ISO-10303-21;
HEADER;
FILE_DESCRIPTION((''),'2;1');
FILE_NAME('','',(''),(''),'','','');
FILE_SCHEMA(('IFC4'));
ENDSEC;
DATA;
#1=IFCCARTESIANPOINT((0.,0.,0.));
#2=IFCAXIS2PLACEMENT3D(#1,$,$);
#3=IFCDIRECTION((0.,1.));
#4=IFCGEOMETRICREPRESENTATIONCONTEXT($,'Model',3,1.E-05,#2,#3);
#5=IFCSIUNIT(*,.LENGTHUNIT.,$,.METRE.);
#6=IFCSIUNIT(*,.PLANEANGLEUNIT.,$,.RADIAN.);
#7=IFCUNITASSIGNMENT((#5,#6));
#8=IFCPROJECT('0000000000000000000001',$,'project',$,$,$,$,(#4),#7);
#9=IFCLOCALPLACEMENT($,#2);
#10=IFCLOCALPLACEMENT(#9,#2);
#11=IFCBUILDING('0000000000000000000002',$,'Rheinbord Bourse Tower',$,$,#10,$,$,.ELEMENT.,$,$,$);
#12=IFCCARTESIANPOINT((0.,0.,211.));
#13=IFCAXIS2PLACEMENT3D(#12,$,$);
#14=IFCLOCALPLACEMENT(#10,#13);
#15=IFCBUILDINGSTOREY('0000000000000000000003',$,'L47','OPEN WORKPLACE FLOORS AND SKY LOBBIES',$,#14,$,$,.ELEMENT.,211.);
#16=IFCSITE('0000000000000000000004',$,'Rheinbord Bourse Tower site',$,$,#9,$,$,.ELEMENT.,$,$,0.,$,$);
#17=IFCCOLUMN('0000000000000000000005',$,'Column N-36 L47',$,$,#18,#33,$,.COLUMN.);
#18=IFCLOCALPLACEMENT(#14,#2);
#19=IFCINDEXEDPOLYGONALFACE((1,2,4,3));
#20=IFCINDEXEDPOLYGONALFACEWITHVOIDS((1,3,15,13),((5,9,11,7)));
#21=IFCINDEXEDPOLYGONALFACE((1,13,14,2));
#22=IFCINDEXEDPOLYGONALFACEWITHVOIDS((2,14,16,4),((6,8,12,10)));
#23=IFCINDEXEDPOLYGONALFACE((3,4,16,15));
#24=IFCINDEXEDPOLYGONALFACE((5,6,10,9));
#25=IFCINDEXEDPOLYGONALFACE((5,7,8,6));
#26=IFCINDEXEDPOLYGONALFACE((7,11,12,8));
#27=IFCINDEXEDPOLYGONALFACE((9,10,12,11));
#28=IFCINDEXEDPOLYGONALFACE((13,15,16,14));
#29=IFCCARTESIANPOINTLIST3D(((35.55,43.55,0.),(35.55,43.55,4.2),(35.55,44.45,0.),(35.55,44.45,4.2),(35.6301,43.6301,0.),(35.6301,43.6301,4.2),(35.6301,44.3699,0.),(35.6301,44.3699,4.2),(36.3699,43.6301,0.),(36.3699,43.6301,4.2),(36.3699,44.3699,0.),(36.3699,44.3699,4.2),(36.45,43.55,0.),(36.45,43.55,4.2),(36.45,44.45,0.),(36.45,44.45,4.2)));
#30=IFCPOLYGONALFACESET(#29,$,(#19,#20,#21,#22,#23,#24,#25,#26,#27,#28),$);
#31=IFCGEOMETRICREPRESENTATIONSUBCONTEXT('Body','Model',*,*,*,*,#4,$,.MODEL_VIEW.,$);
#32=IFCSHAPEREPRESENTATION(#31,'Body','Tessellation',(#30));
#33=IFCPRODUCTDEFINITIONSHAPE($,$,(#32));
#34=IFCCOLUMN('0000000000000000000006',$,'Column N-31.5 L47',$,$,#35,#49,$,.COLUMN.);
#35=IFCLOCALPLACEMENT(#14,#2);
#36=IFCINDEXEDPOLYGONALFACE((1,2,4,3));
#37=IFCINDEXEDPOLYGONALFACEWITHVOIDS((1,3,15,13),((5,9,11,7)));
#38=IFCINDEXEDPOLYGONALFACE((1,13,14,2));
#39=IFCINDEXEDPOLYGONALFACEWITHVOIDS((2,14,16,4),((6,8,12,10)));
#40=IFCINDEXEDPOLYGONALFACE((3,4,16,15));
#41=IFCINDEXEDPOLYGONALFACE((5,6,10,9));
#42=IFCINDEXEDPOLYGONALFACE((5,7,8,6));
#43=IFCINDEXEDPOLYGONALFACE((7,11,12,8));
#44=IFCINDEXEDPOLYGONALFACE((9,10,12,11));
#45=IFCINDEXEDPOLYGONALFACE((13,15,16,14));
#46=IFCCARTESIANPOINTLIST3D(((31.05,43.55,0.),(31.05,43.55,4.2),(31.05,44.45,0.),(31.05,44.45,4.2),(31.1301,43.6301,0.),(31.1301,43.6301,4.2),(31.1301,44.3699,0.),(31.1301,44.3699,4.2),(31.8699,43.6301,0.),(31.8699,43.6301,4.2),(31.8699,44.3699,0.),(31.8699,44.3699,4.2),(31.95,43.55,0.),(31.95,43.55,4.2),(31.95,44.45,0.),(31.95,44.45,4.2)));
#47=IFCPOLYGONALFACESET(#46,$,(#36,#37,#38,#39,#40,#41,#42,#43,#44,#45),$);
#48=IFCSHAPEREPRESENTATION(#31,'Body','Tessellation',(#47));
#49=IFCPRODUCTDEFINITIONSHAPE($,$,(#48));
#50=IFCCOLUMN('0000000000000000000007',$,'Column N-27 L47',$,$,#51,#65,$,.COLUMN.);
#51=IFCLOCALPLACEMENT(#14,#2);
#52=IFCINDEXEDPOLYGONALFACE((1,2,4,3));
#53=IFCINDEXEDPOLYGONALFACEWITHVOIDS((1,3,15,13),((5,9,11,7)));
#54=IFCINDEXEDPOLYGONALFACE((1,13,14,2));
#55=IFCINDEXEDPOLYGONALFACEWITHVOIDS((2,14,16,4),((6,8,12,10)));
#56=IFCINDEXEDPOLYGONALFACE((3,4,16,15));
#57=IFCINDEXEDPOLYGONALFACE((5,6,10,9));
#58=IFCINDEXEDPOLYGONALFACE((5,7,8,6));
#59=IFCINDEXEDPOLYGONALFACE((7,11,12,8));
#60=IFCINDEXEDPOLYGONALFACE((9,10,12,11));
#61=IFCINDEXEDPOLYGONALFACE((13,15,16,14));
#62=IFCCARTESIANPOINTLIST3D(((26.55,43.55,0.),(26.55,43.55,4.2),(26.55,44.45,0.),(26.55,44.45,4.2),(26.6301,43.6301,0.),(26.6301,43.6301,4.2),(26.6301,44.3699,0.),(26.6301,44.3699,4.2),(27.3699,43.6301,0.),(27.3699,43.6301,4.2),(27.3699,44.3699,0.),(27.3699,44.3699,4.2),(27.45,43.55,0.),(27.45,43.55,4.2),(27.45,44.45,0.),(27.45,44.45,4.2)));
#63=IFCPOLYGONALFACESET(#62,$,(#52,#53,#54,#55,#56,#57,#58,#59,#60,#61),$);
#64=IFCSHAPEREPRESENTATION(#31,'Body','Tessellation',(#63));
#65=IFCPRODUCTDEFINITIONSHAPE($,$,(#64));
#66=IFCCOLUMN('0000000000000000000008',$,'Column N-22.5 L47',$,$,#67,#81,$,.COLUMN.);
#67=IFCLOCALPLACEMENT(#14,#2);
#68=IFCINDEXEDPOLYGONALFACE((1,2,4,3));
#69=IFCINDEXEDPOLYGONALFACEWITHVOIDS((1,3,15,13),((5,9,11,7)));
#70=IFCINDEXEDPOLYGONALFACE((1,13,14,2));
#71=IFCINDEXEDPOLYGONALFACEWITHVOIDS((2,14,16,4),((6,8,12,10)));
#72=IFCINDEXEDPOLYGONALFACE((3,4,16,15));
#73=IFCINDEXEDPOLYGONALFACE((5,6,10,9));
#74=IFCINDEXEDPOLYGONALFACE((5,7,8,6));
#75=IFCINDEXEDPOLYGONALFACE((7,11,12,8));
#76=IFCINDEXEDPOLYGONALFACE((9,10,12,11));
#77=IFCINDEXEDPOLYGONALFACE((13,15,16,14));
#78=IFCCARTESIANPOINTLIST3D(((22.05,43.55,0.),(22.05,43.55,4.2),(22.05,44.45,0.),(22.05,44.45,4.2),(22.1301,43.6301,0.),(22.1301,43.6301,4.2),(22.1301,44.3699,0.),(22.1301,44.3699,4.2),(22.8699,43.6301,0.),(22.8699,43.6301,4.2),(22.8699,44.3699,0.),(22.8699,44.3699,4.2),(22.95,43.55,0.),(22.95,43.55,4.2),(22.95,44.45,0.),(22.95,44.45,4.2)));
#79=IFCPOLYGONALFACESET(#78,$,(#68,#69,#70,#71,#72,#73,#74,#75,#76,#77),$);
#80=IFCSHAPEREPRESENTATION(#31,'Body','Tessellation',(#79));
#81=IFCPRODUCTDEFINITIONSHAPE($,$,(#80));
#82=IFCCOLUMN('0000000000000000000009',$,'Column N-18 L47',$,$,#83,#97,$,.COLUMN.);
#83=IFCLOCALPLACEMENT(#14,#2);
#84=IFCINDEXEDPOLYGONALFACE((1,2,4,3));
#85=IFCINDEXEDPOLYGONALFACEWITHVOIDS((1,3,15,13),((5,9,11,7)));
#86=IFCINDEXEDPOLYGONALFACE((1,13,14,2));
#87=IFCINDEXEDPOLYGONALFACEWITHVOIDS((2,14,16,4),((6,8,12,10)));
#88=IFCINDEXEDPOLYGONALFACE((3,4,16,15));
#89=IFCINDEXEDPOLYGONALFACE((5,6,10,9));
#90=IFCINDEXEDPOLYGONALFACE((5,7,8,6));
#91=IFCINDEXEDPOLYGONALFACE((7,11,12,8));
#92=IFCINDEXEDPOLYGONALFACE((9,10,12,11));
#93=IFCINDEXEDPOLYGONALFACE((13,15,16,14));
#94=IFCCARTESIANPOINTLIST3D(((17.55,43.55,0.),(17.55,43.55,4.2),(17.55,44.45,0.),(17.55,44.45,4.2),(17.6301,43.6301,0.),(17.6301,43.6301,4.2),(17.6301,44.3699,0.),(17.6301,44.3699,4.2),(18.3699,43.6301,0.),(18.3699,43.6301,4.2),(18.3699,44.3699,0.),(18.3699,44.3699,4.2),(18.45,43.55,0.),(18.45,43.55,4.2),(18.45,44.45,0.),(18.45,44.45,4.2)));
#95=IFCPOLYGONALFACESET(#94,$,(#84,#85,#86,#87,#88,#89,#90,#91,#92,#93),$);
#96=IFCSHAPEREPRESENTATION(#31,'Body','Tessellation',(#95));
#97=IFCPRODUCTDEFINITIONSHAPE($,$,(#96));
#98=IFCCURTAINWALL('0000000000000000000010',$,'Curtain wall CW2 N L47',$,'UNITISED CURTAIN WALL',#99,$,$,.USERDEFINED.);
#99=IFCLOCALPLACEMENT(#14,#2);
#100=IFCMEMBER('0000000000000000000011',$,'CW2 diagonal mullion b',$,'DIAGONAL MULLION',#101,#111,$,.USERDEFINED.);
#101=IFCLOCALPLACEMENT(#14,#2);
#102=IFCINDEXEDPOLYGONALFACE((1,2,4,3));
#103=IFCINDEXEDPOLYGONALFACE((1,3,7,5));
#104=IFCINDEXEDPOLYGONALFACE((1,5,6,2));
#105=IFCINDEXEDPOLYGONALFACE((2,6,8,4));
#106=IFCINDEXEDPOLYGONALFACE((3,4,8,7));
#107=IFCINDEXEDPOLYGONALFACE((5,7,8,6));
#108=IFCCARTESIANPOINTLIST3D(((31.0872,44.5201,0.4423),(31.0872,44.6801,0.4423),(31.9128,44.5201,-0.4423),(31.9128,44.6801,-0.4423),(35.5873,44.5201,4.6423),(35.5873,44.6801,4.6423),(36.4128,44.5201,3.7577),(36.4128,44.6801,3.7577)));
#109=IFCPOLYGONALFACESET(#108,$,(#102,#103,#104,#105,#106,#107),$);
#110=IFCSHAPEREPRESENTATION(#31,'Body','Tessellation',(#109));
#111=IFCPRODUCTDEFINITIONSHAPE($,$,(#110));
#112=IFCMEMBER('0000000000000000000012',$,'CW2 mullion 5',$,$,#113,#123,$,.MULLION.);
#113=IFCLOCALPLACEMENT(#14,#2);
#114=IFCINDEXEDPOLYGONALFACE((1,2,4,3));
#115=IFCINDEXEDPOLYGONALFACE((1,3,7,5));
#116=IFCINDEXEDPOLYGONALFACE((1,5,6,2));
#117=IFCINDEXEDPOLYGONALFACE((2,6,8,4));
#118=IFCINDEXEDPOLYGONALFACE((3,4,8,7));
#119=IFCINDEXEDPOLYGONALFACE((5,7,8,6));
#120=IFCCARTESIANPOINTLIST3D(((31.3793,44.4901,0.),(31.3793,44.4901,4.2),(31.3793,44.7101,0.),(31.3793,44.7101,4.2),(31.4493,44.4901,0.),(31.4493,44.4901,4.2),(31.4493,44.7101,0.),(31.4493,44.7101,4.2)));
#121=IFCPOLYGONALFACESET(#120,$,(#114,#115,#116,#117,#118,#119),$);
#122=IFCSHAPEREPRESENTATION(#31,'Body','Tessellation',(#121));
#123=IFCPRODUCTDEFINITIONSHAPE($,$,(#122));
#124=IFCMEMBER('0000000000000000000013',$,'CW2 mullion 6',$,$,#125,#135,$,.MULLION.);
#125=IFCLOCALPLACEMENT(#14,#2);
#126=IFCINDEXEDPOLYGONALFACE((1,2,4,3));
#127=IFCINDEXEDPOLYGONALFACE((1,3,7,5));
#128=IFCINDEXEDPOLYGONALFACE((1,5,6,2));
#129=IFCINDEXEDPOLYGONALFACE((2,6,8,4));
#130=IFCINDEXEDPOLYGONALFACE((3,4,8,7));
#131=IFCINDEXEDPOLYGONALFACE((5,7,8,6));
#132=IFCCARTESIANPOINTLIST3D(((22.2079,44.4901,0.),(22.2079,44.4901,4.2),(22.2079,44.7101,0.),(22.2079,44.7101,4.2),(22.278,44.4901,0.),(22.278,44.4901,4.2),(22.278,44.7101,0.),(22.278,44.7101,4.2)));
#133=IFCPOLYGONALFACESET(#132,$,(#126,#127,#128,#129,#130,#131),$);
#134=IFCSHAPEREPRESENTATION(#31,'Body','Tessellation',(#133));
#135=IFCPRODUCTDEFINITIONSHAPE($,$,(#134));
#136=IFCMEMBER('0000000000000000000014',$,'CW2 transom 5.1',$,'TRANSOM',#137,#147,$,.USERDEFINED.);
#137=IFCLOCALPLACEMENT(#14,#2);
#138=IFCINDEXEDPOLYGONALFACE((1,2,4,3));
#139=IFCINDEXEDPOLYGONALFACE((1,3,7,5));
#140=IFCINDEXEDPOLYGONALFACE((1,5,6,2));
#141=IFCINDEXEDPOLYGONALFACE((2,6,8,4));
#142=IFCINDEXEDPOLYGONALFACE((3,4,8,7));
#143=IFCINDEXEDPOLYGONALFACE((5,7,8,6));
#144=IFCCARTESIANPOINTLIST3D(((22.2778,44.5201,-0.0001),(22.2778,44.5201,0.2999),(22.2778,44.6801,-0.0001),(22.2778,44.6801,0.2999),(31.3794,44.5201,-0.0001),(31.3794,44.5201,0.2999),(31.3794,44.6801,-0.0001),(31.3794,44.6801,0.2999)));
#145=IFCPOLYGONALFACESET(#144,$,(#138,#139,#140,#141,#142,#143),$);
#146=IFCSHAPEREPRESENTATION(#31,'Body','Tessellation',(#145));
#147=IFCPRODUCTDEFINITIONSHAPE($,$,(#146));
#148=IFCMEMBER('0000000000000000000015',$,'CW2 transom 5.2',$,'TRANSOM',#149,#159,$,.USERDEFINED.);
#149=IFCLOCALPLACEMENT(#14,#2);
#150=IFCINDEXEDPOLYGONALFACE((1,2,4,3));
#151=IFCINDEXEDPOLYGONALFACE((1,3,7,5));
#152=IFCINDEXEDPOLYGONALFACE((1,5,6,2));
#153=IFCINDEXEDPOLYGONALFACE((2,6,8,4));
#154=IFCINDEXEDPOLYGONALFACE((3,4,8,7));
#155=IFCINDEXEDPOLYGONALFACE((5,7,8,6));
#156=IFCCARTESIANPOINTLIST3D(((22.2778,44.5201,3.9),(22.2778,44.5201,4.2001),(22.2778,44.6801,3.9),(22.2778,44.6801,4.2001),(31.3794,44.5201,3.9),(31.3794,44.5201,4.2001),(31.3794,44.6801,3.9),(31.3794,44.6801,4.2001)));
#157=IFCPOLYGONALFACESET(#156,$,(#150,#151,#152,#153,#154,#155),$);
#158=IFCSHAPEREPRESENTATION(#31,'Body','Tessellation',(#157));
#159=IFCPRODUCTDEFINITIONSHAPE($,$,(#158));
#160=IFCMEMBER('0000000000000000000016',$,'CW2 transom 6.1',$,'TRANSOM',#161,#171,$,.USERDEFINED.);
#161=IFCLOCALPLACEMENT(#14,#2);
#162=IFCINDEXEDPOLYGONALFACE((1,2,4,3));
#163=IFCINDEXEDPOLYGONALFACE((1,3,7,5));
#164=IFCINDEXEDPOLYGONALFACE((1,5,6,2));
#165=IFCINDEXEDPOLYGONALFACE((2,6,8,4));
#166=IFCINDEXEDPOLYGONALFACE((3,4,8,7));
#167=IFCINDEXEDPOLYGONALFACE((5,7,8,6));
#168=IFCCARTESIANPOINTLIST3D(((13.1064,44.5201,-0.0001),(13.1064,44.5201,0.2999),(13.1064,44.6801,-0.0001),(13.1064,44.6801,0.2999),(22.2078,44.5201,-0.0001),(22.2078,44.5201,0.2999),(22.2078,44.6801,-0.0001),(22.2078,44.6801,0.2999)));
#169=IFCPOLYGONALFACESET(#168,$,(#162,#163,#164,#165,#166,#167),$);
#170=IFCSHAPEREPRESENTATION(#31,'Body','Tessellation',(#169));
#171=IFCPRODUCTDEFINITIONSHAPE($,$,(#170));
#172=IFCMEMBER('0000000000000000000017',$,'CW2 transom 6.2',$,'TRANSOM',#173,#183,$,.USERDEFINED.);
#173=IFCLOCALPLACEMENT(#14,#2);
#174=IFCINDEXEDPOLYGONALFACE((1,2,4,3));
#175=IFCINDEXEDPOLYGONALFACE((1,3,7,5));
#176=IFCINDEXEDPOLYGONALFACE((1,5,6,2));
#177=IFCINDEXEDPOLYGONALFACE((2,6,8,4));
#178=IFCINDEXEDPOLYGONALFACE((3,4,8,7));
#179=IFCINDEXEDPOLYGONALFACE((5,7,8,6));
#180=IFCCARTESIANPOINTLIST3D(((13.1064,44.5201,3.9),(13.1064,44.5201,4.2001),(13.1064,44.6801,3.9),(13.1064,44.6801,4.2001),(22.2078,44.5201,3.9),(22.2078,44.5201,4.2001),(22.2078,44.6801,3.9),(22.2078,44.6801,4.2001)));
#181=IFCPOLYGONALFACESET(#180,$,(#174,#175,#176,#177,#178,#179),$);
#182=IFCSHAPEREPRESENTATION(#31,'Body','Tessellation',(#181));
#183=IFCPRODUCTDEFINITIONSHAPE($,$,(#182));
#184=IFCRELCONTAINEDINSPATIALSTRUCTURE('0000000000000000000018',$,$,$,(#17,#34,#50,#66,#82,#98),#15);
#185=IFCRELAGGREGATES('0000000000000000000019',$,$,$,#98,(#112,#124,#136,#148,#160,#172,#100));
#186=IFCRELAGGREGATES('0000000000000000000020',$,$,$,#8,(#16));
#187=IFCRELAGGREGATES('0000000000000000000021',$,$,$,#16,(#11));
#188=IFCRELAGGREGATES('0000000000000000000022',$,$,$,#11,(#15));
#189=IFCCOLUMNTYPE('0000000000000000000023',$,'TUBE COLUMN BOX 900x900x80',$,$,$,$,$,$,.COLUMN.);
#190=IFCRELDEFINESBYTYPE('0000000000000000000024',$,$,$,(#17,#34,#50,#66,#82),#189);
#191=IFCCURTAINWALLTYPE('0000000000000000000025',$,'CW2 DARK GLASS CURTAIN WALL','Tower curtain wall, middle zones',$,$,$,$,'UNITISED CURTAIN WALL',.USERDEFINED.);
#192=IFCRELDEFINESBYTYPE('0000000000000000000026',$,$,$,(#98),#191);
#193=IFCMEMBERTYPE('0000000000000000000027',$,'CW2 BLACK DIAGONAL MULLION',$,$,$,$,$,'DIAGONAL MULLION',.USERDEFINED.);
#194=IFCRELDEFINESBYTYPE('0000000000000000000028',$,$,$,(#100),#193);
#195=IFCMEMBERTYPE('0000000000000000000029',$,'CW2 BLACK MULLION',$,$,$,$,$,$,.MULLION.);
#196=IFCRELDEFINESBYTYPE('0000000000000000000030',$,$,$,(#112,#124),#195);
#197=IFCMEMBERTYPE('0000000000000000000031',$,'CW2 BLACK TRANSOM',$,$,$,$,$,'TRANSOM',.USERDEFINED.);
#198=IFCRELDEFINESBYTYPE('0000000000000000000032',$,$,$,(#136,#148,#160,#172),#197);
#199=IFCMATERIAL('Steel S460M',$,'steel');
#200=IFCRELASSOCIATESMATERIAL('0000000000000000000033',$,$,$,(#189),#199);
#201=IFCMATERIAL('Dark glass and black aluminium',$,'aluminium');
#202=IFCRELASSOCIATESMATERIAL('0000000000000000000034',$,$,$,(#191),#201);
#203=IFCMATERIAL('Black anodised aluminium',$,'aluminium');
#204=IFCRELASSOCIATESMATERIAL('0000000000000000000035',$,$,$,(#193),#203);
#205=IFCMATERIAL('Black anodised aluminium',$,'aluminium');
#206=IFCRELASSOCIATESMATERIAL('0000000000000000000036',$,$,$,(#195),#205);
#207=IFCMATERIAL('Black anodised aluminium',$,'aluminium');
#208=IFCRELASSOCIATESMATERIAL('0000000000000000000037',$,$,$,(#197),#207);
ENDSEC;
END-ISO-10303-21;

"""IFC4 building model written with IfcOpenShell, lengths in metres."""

from ifc_helpers import new_model, si_unit, direction, frame, origin, origin_2d, place, context, subcontext, project, spatial, rectangle, hollow_rectangle, extrude, material, material_profile, profile_set, type_object, element, aggregate, save


model = new_model("IFC4")

# Units and contexts
model_context = context("Model", 3, precision=1e-05, world=origin(), true_north=direction((0.0, 1.0)))
body_context = subcontext(model_context, "Body", "Model", "MODEL_VIEW")
ifc_project = project(units=[si_unit("LENGTHUNIT", "METRE"), si_unit("PLANEANGLEUNIT", "RADIAN")], contexts=[model_context])

# Site, building, storey
site_placement = place(None, origin())
site = spatial("IfcSite", under=ifc_project, at=site_placement, Name="Rheinbord Bourse Tower site", CompositionType="ELEMENT", RefElevation=0.0)
building_placement = place(site_placement, origin())
building = spatial("IfcBuilding", under=site, at=building_placement, Name="Rheinbord Bourse Tower", CompositionType="ELEMENT")
storey_placement = place(building_placement, frame((0.0, 0.0, 211.0)))
storey = spatial("IfcBuildingStorey", under=building, at=storey_placement, Name="L47", Description="OPEN WORKPLACE FLOORS AND SKY LOBBIES", CompositionType="ELEMENT", Elevation=211.0)

# Columns
ifc_material_1 = material(Name="Steel S460M", Category="steel")
ifc_material_profile_1 = material_profile(ifc_material_1, hollow_rectangle(XDim=0.8999, YDim=0.8999, WallThickness=0.0801, at=origin_2d()), Name="BOX 900x900x80")
ifc_profile_set_1 = profile_set([ifc_material_profile_1], Name="Steel S460M")
column_type = type_object("IfcColumnType", Name="TUBE COLUMN BOX 900x900x80", PredefinedType="COLUMN", material=ifc_profile_set_1)
for number, where, z_axis, x_axis, name in (
    (1, (36.0, 44.0, 0.0), (0.0, 0.0, 1.0), (0.0, 1.0, 0.0), "Column N-36 L47"),
    (2, (31.5, 44.0, 0.0), (0.0, 0.0, 1.0), (0.0, 1.0, 0.0), "Column N-31.5 L47"),
    (3, (27.0, 44.0, 0.0), (0.0, 0.0, 1.0), (0.0, 1.0, 0.0), "Column N-27 L47"),
    (4, (22.5, 44.0, 0.0), (0.0, 0.0, 1.0), (0.0, 1.0, 0.0), "Column N-22.5 L47"),
    (5, (18.0, 44.0, 0.0), (0.0, 0.0, 1.0), (0.0, 1.0, 0.0), "Column N-18 L47"),
):
    element("IfcColumn", number, at=place(storey_placement, frame(where, z_axis=z_axis, x_axis=x_axis)), inside=storey, type_object=column_type, Name=name, PredefinedType="COLUMN", context=body_context, shape_type="SweptSolid", body=[
        extrude(hollow_rectangle(XDim=0.8999, YDim=0.8999, WallThickness=0.0801, at=origin_2d()), origin(), (0.0, 0.0, 1.0), 4.2),
    ])

# Curtain wall, members
ifc_material_2 = material(Name="Dark glass and black aluminium", Category="aluminium")
curtain_wall_type = type_object("IfcCurtainWallType", Name="CW2 DARK GLASS CURTAIN WALL", Description="Tower curtain wall, middle zones", ElementType="UNITISED CURTAIN WALL", PredefinedType="USERDEFINED", material=ifc_material_2)
curtain_wall_placement = place(storey_placement, origin())
curtain_wall = element("IfcCurtainWall", 6, at=curtain_wall_placement, inside=storey, type_object=curtain_wall_type, Name="Curtain wall CW2 N L47", ObjectType="UNITISED CURTAIN WALL", PredefinedType="USERDEFINED")
ifc_material_3 = material(Name="Black anodised aluminium", Category="aluminium")
ifc_material_profile_2 = material_profile(ifc_material_3, rectangle(XDim=0.1599, YDim=1.21, at=origin_2d()), Name="CW2 DIAGONAL MULLION 1210x160")
ifc_profile_set_2 = profile_set([ifc_material_profile_2], Name="Black anodised aluminium")
member_type_1 = type_object("IfcMemberType", Name="CW2 BLACK DIAGONAL MULLION", ElementType="DIAGONAL MULLION", PredefinedType="USERDEFINED", material=ifc_profile_set_2)
member_1_placement = place(storey_placement, frame((31.5, 44.6001, 0.0), z_axis=(0.731059, 0.0, 0.682314), x_axis=(0.0, 1.0, 0.0)))
member_1 = element("IfcMember", 7, at=member_1_placement, type_object=member_type_1, Name="CW2 diagonal mullion b", ObjectType="DIAGONAL MULLION", PredefinedType="USERDEFINED", context=body_context, shape_type="SweptSolid", body=[
    extrude(rectangle(XDim=0.1599, YDim=1.21, at=origin_2d()), origin(), (0.0, 0.0, 1.0), 6.1555),
])
ifc_material_4 = material(Name="Black anodised aluminium", Category="aluminium")
ifc_material_profile_3 = material_profile(ifc_material_4, rectangle(XDim=0.22, YDim=0.0701, at=origin_2d()), Name="CW2 MULLION 70x220")
ifc_profile_set_3 = profile_set([ifc_material_profile_3], Name="Black anodised aluminium")
member_type_2 = type_object("IfcMemberType", Name="CW2 BLACK MULLION", PredefinedType="MULLION", material=ifc_profile_set_3)
member_2_placement = place(storey_placement, frame((31.4143, 44.6001, 0.0), z_axis=(0.0, 0.0, 1.0), x_axis=(0.0, -1.0, 0.0)))
member_2 = element("IfcMember", 8, at=member_2_placement, type_object=member_type_2, Name="CW2 mullion 5", PredefinedType="MULLION", context=body_context, shape_type="SweptSolid", body=[
    extrude(rectangle(XDim=0.22, YDim=0.0701, at=origin_2d()), origin(), (0.0, 0.0, 1.0), 4.2),
])
member_3_placement = place(storey_placement, frame((22.2429, 44.6001, 0.0), z_axis=(0.0, 0.0, 1.0), x_axis=(0.0, -1.0, 0.0)))
member_3 = element("IfcMember", 9, at=member_3_placement, type_object=member_type_2, Name="CW2 mullion 6", PredefinedType="MULLION", context=body_context, shape_type="SweptSolid", body=[
    extrude(rectangle(XDim=0.22, YDim=0.0701, at=origin_2d()), origin(), (0.0, 0.0, 1.0), 4.2),
])
ifc_material_5 = material(Name="Black anodised aluminium", Category="aluminium")
ifc_material_profile_4 = material_profile(ifc_material_5, rectangle(XDim=0.1599, YDim=0.3, at=origin_2d()), Name="CW2 TRANSOM 300x160")
ifc_profile_set_4 = profile_set([ifc_material_profile_4], Name="Black anodised aluminium")
member_type_3 = type_object("IfcMemberType", Name="CW2 BLACK TRANSOM", ElementType="TRANSOM", PredefinedType="USERDEFINED", material=ifc_profile_set_4)
member_4_placement = place(storey_placement, frame((31.3794, 44.6001, 0.1499), z_axis=(-1.0, 0.0, 0.0), x_axis=(0.0, -1.0, 0.0)))
member_4 = element("IfcMember", 10, at=member_4_placement, type_object=member_type_3, Name="CW2 transom 5.1", ObjectType="TRANSOM", PredefinedType="USERDEFINED", context=body_context, shape_type="SweptSolid", body=[
    extrude(rectangle(XDim=0.1599, YDim=0.3, at=origin_2d()), origin(), (0.0, 0.0, 1.0), 9.1016),
])
member_5_placement = place(storey_placement, frame((31.3794, 44.6001, 4.05), z_axis=(-1.0, 0.0, 0.0), x_axis=(0.0, -1.0, 0.0)))
member_5 = element("IfcMember", 11, at=member_5_placement, type_object=member_type_3, Name="CW2 transom 5.2", ObjectType="TRANSOM", PredefinedType="USERDEFINED", context=body_context, shape_type="SweptSolid", body=[
    extrude(rectangle(XDim=0.1599, YDim=0.3, at=origin_2d()), origin(), (0.0, 0.0, 1.0), 9.1016),
])
member_6_placement = place(storey_placement, frame((22.2078, 44.6001, 0.1499), z_axis=(-1.0, 0.0, 0.0), x_axis=(0.0, -1.0, 0.0)))
member_6 = element("IfcMember", 12, at=member_6_placement, type_object=member_type_3, Name="CW2 transom 6.1", ObjectType="TRANSOM", PredefinedType="USERDEFINED", context=body_context, shape_type="SweptSolid", body=[
    extrude(rectangle(XDim=0.1599, YDim=0.3, at=origin_2d()), origin(), (0.0, 0.0, 1.0), 9.1013),
])
member_7_placement = place(storey_placement, frame((22.2078, 44.6001, 4.05), z_axis=(-1.0, 0.0, 0.0), x_axis=(0.0, -1.0, 0.0)))
member_7 = element("IfcMember", 13, at=member_7_placement, type_object=member_type_3, Name="CW2 transom 6.2", ObjectType="TRANSOM", PredefinedType="USERDEFINED", context=body_context, shape_type="SweptSolid", body=[
    extrude(rectangle(XDim=0.1599, YDim=0.3, at=origin_2d()), origin(), (0.0, 0.0, 1.0), 9.1013),
])

aggregate(curtain_wall, [member_2, member_3, member_4, member_5, member_6, member_7, member_1])

save(model, "model.ifc")
